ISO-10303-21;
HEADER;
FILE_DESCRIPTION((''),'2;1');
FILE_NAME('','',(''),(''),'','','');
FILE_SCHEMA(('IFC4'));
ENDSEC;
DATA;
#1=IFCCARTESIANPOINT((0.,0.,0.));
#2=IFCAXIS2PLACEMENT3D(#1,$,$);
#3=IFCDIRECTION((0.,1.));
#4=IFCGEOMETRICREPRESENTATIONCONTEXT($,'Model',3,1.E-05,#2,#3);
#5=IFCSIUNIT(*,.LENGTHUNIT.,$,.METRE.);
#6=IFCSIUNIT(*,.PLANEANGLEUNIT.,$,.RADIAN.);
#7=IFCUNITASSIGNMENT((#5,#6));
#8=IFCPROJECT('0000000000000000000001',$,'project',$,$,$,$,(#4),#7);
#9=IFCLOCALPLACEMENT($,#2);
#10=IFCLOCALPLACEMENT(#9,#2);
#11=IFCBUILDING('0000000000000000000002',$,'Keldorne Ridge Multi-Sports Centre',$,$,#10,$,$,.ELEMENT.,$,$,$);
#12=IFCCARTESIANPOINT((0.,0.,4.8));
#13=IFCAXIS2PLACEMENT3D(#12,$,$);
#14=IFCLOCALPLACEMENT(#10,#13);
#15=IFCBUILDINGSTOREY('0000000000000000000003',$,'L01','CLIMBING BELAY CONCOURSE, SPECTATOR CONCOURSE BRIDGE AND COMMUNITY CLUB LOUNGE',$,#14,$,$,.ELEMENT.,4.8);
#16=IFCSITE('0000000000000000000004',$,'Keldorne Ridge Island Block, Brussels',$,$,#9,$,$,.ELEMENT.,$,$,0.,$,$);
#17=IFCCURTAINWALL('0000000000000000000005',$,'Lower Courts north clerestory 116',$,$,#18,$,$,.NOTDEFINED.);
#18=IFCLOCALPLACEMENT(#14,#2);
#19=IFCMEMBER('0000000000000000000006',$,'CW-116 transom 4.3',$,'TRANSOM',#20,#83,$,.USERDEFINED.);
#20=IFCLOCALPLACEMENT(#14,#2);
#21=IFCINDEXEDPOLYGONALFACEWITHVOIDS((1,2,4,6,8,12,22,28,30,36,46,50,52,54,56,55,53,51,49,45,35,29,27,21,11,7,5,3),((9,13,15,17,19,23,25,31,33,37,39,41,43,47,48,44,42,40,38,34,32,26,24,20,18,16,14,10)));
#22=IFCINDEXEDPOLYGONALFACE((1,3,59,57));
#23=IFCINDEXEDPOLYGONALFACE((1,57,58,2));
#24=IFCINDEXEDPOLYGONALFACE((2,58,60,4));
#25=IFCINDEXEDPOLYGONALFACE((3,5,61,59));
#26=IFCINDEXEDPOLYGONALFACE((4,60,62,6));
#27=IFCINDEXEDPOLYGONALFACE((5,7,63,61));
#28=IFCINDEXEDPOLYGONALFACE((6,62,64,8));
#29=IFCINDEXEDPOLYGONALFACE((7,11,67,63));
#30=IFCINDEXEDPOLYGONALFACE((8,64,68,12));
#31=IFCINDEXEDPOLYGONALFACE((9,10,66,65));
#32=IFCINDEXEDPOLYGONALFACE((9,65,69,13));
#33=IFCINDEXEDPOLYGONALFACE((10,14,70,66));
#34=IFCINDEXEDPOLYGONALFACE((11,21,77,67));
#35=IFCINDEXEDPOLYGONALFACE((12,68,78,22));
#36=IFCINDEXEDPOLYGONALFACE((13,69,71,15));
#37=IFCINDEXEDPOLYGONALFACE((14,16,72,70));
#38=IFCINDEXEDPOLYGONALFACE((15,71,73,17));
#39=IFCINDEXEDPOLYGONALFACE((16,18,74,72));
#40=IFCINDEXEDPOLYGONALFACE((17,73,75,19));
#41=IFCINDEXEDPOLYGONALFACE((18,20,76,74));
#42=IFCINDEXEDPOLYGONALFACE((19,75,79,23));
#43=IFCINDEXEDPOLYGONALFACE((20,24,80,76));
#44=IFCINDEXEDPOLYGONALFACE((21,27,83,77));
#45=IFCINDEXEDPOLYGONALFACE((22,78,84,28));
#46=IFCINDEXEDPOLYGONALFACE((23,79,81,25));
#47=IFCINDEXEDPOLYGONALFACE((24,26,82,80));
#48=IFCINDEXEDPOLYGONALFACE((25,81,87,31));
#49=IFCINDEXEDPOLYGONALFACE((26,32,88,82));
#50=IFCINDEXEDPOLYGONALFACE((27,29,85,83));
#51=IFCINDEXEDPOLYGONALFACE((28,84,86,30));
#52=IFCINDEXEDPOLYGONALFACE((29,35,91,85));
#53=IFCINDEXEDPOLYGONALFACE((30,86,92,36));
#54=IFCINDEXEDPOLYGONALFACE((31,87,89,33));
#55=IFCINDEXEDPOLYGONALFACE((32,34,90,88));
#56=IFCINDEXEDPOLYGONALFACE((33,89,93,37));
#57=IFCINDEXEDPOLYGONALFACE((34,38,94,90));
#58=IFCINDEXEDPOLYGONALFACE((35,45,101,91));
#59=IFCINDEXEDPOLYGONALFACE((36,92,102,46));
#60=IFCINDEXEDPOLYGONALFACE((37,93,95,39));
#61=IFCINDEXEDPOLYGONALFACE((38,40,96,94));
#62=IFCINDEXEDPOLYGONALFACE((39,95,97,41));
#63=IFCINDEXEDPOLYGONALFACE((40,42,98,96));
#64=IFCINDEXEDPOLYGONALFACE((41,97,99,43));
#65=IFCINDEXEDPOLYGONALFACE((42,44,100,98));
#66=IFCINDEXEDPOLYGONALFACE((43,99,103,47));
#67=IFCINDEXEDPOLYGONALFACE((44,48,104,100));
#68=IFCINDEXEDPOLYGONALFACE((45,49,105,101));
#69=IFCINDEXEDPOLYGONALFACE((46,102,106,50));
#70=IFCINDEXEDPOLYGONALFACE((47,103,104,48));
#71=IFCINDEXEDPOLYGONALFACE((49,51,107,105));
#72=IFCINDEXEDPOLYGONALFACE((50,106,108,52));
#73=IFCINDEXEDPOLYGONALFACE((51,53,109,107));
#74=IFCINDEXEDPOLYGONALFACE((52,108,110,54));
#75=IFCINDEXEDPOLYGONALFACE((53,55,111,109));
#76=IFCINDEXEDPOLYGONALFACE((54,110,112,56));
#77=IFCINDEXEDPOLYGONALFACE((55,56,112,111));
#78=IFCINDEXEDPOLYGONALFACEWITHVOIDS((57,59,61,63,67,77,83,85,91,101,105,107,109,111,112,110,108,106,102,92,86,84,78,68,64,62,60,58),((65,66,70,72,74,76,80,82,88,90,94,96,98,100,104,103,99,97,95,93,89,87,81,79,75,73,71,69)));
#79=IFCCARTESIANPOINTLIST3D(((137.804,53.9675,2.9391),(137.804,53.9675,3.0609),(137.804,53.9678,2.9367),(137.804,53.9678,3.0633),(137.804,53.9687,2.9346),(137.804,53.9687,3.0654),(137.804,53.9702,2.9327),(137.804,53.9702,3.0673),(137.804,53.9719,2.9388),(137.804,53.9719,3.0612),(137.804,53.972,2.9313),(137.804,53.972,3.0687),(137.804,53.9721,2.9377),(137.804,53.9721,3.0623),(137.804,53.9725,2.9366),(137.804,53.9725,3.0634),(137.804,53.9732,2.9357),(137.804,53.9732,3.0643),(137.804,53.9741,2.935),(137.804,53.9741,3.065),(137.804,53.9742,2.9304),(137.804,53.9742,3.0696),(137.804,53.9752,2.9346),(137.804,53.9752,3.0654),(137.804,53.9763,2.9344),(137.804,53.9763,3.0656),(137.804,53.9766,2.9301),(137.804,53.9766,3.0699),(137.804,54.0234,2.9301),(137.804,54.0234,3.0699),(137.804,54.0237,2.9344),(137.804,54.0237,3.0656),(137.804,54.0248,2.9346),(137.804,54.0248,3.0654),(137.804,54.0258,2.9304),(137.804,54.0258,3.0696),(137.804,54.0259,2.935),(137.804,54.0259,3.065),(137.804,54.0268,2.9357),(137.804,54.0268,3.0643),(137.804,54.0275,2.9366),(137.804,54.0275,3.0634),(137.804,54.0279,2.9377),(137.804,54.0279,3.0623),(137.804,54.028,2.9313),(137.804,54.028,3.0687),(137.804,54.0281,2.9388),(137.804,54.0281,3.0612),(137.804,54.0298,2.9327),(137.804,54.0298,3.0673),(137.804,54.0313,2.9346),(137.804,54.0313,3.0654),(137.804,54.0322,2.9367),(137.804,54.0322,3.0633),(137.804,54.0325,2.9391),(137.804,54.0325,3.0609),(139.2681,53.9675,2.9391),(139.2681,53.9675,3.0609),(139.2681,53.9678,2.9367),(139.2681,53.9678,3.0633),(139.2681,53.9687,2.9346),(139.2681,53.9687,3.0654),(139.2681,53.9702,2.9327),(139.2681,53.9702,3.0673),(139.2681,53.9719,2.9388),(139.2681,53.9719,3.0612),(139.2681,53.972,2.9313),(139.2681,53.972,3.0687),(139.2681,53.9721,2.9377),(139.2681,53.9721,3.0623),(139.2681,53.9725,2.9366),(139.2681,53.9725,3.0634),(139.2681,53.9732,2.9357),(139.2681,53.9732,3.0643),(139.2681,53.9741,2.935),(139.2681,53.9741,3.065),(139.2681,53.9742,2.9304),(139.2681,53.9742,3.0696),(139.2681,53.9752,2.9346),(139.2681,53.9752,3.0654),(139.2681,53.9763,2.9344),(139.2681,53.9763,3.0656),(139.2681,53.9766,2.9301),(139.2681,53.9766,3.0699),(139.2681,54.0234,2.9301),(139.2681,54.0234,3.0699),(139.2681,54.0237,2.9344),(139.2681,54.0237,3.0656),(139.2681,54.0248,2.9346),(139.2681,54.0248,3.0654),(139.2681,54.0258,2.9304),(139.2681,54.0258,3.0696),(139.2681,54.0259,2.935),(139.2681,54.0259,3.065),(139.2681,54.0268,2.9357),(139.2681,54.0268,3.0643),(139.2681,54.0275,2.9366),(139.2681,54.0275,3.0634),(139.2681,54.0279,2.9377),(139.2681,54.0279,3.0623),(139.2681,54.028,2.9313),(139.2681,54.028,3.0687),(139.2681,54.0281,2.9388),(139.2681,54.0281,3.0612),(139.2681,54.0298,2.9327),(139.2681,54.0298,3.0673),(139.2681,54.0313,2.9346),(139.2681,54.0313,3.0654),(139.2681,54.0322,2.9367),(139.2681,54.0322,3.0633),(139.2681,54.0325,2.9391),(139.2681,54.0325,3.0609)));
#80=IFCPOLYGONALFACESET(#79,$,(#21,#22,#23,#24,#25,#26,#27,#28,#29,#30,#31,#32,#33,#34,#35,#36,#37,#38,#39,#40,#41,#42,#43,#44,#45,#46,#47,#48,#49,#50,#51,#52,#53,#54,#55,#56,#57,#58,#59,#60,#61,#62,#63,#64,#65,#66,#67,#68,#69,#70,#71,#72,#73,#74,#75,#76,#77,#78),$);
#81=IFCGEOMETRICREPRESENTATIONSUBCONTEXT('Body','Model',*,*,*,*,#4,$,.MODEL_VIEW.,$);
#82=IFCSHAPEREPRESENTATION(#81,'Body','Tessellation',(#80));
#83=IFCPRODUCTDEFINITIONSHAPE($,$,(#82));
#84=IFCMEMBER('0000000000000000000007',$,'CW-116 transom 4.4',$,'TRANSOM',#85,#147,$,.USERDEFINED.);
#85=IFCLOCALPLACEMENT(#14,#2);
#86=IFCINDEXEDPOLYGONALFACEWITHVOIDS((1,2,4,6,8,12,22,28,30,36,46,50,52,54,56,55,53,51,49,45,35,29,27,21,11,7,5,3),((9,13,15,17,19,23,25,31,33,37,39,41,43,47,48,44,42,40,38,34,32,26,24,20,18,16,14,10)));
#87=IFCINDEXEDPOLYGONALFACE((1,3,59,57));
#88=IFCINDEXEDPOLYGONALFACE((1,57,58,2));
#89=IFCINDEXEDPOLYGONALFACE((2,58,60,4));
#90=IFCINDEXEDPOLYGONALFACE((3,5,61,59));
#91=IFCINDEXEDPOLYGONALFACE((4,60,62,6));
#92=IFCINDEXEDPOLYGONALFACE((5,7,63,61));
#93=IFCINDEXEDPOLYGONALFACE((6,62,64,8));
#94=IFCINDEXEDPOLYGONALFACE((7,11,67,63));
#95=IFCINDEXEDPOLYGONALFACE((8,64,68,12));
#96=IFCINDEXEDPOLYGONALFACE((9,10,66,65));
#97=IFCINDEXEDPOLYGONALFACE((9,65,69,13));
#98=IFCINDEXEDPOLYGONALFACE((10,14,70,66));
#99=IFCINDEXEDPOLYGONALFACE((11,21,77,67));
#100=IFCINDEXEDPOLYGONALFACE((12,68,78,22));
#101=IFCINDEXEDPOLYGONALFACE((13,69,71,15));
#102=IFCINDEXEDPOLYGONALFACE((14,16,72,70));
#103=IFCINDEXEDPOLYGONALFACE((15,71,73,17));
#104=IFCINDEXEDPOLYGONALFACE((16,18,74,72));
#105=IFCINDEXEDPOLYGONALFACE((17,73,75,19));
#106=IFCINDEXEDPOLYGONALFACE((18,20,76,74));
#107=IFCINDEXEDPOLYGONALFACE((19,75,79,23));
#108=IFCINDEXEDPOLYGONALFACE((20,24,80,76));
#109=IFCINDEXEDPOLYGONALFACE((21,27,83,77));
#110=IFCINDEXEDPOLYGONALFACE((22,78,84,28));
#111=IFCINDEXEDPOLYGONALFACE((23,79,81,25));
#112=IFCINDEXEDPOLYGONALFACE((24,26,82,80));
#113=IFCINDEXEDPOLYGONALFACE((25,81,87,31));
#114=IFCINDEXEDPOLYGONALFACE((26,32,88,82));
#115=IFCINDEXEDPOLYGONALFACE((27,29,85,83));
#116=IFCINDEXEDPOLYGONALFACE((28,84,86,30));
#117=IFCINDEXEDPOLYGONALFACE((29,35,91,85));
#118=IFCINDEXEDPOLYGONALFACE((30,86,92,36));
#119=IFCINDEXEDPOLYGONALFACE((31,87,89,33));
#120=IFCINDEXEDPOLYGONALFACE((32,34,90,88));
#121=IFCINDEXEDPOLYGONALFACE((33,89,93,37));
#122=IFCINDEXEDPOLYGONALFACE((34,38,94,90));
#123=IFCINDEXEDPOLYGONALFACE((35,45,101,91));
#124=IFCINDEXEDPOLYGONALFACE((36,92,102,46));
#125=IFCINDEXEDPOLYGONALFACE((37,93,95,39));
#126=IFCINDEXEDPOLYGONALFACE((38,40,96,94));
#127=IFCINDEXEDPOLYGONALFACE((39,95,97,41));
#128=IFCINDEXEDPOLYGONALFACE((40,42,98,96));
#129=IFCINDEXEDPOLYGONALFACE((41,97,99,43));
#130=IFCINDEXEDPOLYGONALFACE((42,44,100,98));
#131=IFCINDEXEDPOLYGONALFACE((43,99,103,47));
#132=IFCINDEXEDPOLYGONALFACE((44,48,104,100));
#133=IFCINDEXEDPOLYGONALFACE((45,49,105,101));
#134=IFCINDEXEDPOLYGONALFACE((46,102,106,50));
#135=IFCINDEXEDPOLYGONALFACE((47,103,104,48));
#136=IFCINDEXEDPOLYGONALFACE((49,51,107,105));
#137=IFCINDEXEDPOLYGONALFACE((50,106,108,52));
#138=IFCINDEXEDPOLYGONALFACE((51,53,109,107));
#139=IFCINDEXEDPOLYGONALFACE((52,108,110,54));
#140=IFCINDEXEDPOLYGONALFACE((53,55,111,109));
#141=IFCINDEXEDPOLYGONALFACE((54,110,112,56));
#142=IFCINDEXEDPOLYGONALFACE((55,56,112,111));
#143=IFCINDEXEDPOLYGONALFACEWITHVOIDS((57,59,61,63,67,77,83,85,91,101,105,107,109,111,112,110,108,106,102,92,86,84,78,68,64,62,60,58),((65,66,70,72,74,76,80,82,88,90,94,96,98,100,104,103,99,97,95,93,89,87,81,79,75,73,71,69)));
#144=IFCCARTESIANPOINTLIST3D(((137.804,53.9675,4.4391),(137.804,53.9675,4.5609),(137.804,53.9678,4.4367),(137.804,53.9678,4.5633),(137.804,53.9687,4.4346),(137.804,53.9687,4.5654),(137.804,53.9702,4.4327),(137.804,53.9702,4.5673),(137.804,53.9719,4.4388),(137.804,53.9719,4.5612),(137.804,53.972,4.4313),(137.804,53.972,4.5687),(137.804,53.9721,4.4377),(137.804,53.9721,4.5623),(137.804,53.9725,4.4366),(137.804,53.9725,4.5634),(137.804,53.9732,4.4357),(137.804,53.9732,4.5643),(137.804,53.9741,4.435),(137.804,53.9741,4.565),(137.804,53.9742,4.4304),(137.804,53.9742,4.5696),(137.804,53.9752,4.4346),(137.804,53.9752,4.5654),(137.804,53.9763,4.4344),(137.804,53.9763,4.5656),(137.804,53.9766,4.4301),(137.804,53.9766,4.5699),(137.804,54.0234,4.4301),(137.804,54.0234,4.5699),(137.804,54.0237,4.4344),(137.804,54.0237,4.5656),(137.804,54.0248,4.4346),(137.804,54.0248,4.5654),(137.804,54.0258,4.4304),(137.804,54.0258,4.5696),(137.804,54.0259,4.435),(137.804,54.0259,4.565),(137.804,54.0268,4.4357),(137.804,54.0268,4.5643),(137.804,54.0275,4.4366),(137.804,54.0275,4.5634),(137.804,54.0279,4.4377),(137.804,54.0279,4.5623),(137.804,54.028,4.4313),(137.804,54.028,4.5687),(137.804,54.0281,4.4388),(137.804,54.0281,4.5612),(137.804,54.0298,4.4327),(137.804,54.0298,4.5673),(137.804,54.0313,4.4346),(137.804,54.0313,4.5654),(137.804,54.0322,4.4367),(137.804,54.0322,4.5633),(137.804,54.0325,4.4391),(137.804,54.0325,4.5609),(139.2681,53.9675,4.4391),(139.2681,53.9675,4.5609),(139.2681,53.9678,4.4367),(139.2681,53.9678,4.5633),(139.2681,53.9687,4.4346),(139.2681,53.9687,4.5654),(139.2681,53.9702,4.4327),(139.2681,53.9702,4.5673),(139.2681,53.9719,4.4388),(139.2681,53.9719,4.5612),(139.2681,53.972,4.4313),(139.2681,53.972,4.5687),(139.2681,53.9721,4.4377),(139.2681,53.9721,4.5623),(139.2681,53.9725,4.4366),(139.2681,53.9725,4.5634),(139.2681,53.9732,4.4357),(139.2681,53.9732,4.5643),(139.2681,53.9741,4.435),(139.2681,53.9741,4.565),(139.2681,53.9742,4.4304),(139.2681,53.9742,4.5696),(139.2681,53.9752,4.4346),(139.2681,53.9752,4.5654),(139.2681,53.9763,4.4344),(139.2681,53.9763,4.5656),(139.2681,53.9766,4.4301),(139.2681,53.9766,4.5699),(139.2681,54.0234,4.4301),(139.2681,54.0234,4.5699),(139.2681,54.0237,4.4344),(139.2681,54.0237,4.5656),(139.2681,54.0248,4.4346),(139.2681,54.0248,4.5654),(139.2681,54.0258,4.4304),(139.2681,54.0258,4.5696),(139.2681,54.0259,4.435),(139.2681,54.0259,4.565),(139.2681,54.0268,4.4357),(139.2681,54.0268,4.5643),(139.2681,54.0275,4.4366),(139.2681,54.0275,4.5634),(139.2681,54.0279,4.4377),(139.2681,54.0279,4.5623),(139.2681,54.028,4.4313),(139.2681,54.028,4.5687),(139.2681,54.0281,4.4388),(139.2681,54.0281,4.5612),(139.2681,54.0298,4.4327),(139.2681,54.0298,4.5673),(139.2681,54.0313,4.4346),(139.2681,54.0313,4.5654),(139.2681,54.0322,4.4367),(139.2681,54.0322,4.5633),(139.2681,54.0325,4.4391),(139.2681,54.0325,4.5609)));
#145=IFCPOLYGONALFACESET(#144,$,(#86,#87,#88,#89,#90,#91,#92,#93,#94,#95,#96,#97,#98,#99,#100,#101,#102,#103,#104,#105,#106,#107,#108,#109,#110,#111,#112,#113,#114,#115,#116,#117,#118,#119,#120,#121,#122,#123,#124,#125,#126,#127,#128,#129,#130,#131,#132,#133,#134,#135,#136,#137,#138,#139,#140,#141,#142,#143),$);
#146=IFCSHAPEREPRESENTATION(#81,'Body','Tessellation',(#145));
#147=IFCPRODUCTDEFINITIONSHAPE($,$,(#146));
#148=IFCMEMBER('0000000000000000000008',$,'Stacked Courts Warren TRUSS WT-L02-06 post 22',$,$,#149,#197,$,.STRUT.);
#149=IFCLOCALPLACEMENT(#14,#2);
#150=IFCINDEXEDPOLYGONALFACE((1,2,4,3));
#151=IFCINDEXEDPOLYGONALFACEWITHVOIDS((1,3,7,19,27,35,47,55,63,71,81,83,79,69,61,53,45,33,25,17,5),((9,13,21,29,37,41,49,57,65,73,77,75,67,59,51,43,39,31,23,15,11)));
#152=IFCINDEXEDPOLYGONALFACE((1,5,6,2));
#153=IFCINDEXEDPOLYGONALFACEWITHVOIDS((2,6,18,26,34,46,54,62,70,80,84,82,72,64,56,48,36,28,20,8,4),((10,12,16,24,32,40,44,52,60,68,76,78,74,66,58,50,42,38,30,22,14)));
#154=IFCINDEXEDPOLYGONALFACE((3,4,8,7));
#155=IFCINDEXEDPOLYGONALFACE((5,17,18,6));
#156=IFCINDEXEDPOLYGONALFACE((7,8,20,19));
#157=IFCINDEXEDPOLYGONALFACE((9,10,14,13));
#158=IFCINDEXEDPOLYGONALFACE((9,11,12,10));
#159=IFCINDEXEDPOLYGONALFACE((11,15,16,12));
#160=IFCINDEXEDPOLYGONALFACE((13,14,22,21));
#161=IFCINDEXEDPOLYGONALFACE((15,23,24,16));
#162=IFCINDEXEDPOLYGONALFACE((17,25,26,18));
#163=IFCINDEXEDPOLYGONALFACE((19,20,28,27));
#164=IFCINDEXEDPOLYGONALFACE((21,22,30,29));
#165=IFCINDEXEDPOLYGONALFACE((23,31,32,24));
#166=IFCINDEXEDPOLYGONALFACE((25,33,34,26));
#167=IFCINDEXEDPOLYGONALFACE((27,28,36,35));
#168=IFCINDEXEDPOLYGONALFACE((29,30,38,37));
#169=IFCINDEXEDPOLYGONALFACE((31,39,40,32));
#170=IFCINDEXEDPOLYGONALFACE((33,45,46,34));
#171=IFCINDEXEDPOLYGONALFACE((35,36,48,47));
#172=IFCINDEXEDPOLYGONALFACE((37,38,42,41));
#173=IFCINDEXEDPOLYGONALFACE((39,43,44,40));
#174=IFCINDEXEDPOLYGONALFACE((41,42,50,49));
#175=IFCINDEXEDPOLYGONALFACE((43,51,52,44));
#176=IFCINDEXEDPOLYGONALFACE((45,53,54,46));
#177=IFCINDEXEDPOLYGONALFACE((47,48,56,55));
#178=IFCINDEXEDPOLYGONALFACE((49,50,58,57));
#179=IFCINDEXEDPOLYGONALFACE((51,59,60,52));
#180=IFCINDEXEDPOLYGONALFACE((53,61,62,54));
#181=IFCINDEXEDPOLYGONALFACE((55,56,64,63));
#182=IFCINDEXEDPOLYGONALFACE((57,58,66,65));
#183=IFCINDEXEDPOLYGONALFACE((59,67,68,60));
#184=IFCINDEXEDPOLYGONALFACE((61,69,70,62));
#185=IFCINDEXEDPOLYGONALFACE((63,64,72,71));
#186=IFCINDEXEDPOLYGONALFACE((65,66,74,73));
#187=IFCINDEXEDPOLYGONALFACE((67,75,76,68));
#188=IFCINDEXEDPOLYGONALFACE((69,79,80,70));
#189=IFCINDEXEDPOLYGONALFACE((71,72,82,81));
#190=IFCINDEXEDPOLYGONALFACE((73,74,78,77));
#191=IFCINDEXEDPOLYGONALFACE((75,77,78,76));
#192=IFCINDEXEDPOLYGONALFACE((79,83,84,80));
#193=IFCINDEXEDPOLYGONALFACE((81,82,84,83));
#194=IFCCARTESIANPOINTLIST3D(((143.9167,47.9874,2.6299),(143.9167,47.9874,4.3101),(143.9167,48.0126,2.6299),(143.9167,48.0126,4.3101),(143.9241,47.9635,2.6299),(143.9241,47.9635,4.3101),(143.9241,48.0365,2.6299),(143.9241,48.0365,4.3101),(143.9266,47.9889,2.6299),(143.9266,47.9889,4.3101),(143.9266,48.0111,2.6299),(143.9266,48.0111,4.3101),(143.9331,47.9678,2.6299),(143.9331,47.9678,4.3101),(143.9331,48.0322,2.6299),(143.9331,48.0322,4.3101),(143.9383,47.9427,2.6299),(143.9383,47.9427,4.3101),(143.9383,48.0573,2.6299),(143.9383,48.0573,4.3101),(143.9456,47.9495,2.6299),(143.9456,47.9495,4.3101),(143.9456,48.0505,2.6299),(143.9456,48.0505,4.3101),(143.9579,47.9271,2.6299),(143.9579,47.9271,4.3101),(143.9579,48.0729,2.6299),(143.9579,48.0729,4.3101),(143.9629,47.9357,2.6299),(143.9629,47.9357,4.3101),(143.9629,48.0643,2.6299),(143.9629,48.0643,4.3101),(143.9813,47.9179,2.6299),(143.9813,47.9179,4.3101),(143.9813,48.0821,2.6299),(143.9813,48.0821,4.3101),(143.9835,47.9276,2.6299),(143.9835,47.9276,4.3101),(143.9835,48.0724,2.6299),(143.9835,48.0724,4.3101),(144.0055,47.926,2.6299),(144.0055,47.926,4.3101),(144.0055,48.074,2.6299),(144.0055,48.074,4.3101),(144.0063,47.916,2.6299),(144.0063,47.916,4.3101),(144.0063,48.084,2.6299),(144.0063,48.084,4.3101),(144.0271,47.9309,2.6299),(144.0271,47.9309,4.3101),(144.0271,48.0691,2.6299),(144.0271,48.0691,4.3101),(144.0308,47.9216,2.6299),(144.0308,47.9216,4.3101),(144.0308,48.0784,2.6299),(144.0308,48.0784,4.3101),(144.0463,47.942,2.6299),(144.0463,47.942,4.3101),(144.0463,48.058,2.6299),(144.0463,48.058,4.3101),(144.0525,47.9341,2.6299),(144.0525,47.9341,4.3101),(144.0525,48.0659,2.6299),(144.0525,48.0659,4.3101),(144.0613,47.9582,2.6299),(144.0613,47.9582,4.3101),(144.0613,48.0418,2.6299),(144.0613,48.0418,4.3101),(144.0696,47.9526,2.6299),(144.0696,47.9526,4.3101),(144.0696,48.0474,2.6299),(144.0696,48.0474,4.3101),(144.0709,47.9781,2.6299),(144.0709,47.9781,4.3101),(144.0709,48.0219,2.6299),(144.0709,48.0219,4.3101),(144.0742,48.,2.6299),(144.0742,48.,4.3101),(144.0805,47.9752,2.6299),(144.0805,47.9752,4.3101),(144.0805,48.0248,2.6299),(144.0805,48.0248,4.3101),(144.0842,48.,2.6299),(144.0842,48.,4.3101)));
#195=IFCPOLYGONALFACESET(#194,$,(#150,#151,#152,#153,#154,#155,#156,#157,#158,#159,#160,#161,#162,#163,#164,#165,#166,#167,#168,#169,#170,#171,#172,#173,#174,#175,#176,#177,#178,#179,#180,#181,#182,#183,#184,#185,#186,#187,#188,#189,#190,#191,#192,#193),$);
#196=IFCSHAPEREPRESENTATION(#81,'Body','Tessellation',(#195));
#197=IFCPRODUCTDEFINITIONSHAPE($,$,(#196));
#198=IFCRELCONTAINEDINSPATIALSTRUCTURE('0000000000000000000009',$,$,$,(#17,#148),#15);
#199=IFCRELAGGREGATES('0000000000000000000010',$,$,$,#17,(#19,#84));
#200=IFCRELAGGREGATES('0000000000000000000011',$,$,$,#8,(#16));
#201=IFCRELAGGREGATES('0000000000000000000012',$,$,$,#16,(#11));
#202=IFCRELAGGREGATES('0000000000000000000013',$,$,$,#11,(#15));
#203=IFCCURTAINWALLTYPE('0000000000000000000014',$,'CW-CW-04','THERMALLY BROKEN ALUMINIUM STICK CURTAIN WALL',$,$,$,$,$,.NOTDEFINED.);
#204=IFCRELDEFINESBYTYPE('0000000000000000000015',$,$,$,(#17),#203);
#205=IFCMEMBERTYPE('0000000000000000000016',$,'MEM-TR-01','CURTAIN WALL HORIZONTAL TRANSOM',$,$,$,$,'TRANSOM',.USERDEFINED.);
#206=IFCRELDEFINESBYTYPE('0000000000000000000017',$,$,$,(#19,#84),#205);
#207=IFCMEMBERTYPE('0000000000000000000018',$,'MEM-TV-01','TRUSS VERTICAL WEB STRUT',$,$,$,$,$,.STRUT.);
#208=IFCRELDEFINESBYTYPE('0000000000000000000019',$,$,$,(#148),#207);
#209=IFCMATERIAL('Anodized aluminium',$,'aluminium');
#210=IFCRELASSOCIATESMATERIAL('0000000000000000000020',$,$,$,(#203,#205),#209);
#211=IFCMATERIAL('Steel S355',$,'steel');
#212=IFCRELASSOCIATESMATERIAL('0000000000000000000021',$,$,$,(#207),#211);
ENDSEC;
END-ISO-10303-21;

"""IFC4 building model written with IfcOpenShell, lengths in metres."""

from ifc_helpers import new_model, si_unit, direction, frame, origin, origin_2d, place, context, subcontext, project, spatial, hollow_rectangle, hollow_circle, extrude, material, material_profile, profile_set, type_object, element, aggregate, save


model = new_model("IFC4")

# Units and contexts
model_context = context("Model", 3, precision=1e-05, world=origin(), true_north=direction((0.0, 1.0)))
body_context = subcontext(model_context, "Body", "Model", "MODEL_VIEW")
ifc_project = project(units=[si_unit("LENGTHUNIT", "METRE"), si_unit("PLANEANGLEUNIT", "RADIAN")], contexts=[model_context])

# Site, building, storey
site_placement = place(None, origin())
site = spatial("IfcSite", under=ifc_project, at=site_placement, Name="Keldorne Ridge Island Block, Brussels", CompositionType="ELEMENT", RefElevation=0.0)
building_placement = place(site_placement, origin())
building = spatial("IfcBuilding", under=site, at=building_placement, Name="Keldorne Ridge Multi-Sports Centre", CompositionType="ELEMENT")
storey_placement = place(building_placement, frame((0.0, 0.0, 4.8)))
storey = spatial("IfcBuildingStorey", under=building, at=storey_placement, Name="L01", Description="CLIMBING BELAY CONCOURSE, SPECTATOR CONCOURSE BRIDGE AND COMMUNITY CLUB LOUNGE", CompositionType="ELEMENT", Elevation=4.8)

# Curtain wall
ifc_material_1 = material(Name="Anodized aluminium", Category="aluminium")
curtain_wall_type = type_object("IfcCurtainWallType", Name="CW-CW-04", Description="THERMALLY BROKEN ALUMINIUM STICK CURTAIN WALL", PredefinedType="NOTDEFINED", material=ifc_material_1)
curtain_wall_placement = place(storey_placement, origin())
curtain_wall = element("IfcCurtainWall", 1, at=curtain_wall_placement, inside=storey, type_object=curtain_wall_type, Name="Lower Courts north clerestory 116", PredefinedType="NOTDEFINED")

# Shared definitions
ifc_material_2 = material(Name="Steel S355", Category="steel")

# Members
ifc_material_profile_1 = material_profile(ifc_material_1, hollow_rectangle(XDim=0.0649, YDim=0.1399, WallThickness=0.0044, InnerFilletRadius=0.0044, OuterFilletRadius=0.009, at=origin_2d()), Name="ALU TRANSOM 140x65x4.5")
ifc_profile_set_1 = profile_set([ifc_material_profile_1], Name="Anodized aluminium")
member_type_1 = type_object("IfcMemberType", Name="MEM-TR-01", Description="CURTAIN WALL HORIZONTAL TRANSOM", ElementType="TRANSOM", PredefinedType="USERDEFINED", material=ifc_profile_set_1)
member_1_placement = place(storey_placement, frame((139.2681, 54.0, 3.0), z_axis=(-1.0, 0.0, 0.0), x_axis=(0.0, -1.0, 0.0)))
member_1 = element("IfcMember", 2, at=member_1_placement, type_object=member_type_1, Name="CW-116 transom 4.3", ObjectType="TRANSOM", PredefinedType="USERDEFINED", context=body_context, shape_type="SweptSolid", body=[
    extrude(hollow_rectangle(XDim=0.0649, YDim=0.1399, WallThickness=0.0044, InnerFilletRadius=0.0044, OuterFilletRadius=0.009, at=origin_2d()), origin(), (0.0, 0.0, 1.0), 1.4641),
])
member_2_placement = place(storey_placement, frame((139.2681, 54.0, 4.5), z_axis=(-1.0, 0.0, 0.0), x_axis=(0.0, -1.0, 0.0)))
member_2 = element("IfcMember", 3, at=member_2_placement, type_object=member_type_1, Name="CW-116 transom 4.4", ObjectType="TRANSOM", PredefinedType="USERDEFINED", context=body_context, shape_type="SweptSolid", body=[
    extrude(hollow_rectangle(XDim=0.0649, YDim=0.1399, WallThickness=0.0044, InnerFilletRadius=0.0044, OuterFilletRadius=0.009, at=origin_2d()), origin(), (0.0, 0.0, 1.0), 1.4641),
])

# Member
ifc_material_profile_2 = material_profile(ifc_material_2, hollow_circle(Radius=0.0842, WallThickness=0.01, at=origin_2d()), Name="CHS 168.3x10")
ifc_profile_set_2 = profile_set([ifc_material_profile_2], Name="Steel S355")
member_type_2 = type_object("IfcMemberType", Name="MEM-TV-01", Description="TRUSS VERTICAL WEB STRUT", PredefinedType="STRUT", material=ifc_profile_set_2)
for number, where, z_axis, x_axis, name in (
    (4, (144.0, 48.0, 2.6299), (0.0, 0.0, 1.0), (1.0, 0.0, 0.0), "Stacked Courts Warren TRUSS WT-L02-06 post 22"),
):
    element("IfcMember", number, at=place(storey_placement, frame(where, z_axis=z_axis, x_axis=x_axis)), inside=storey, type_object=member_type_2, Name=name, PredefinedType="STRUT", context=body_context, shape_type="SweptSolid", body=[
        extrude(hollow_circle(Radius=0.0842, WallThickness=0.01, at=origin_2d()), origin(), (0.0, 0.0, 1.0), 1.6802),
    ])

aggregate(curtain_wall, [member_1, member_2])

save(model, "model.ifc")
